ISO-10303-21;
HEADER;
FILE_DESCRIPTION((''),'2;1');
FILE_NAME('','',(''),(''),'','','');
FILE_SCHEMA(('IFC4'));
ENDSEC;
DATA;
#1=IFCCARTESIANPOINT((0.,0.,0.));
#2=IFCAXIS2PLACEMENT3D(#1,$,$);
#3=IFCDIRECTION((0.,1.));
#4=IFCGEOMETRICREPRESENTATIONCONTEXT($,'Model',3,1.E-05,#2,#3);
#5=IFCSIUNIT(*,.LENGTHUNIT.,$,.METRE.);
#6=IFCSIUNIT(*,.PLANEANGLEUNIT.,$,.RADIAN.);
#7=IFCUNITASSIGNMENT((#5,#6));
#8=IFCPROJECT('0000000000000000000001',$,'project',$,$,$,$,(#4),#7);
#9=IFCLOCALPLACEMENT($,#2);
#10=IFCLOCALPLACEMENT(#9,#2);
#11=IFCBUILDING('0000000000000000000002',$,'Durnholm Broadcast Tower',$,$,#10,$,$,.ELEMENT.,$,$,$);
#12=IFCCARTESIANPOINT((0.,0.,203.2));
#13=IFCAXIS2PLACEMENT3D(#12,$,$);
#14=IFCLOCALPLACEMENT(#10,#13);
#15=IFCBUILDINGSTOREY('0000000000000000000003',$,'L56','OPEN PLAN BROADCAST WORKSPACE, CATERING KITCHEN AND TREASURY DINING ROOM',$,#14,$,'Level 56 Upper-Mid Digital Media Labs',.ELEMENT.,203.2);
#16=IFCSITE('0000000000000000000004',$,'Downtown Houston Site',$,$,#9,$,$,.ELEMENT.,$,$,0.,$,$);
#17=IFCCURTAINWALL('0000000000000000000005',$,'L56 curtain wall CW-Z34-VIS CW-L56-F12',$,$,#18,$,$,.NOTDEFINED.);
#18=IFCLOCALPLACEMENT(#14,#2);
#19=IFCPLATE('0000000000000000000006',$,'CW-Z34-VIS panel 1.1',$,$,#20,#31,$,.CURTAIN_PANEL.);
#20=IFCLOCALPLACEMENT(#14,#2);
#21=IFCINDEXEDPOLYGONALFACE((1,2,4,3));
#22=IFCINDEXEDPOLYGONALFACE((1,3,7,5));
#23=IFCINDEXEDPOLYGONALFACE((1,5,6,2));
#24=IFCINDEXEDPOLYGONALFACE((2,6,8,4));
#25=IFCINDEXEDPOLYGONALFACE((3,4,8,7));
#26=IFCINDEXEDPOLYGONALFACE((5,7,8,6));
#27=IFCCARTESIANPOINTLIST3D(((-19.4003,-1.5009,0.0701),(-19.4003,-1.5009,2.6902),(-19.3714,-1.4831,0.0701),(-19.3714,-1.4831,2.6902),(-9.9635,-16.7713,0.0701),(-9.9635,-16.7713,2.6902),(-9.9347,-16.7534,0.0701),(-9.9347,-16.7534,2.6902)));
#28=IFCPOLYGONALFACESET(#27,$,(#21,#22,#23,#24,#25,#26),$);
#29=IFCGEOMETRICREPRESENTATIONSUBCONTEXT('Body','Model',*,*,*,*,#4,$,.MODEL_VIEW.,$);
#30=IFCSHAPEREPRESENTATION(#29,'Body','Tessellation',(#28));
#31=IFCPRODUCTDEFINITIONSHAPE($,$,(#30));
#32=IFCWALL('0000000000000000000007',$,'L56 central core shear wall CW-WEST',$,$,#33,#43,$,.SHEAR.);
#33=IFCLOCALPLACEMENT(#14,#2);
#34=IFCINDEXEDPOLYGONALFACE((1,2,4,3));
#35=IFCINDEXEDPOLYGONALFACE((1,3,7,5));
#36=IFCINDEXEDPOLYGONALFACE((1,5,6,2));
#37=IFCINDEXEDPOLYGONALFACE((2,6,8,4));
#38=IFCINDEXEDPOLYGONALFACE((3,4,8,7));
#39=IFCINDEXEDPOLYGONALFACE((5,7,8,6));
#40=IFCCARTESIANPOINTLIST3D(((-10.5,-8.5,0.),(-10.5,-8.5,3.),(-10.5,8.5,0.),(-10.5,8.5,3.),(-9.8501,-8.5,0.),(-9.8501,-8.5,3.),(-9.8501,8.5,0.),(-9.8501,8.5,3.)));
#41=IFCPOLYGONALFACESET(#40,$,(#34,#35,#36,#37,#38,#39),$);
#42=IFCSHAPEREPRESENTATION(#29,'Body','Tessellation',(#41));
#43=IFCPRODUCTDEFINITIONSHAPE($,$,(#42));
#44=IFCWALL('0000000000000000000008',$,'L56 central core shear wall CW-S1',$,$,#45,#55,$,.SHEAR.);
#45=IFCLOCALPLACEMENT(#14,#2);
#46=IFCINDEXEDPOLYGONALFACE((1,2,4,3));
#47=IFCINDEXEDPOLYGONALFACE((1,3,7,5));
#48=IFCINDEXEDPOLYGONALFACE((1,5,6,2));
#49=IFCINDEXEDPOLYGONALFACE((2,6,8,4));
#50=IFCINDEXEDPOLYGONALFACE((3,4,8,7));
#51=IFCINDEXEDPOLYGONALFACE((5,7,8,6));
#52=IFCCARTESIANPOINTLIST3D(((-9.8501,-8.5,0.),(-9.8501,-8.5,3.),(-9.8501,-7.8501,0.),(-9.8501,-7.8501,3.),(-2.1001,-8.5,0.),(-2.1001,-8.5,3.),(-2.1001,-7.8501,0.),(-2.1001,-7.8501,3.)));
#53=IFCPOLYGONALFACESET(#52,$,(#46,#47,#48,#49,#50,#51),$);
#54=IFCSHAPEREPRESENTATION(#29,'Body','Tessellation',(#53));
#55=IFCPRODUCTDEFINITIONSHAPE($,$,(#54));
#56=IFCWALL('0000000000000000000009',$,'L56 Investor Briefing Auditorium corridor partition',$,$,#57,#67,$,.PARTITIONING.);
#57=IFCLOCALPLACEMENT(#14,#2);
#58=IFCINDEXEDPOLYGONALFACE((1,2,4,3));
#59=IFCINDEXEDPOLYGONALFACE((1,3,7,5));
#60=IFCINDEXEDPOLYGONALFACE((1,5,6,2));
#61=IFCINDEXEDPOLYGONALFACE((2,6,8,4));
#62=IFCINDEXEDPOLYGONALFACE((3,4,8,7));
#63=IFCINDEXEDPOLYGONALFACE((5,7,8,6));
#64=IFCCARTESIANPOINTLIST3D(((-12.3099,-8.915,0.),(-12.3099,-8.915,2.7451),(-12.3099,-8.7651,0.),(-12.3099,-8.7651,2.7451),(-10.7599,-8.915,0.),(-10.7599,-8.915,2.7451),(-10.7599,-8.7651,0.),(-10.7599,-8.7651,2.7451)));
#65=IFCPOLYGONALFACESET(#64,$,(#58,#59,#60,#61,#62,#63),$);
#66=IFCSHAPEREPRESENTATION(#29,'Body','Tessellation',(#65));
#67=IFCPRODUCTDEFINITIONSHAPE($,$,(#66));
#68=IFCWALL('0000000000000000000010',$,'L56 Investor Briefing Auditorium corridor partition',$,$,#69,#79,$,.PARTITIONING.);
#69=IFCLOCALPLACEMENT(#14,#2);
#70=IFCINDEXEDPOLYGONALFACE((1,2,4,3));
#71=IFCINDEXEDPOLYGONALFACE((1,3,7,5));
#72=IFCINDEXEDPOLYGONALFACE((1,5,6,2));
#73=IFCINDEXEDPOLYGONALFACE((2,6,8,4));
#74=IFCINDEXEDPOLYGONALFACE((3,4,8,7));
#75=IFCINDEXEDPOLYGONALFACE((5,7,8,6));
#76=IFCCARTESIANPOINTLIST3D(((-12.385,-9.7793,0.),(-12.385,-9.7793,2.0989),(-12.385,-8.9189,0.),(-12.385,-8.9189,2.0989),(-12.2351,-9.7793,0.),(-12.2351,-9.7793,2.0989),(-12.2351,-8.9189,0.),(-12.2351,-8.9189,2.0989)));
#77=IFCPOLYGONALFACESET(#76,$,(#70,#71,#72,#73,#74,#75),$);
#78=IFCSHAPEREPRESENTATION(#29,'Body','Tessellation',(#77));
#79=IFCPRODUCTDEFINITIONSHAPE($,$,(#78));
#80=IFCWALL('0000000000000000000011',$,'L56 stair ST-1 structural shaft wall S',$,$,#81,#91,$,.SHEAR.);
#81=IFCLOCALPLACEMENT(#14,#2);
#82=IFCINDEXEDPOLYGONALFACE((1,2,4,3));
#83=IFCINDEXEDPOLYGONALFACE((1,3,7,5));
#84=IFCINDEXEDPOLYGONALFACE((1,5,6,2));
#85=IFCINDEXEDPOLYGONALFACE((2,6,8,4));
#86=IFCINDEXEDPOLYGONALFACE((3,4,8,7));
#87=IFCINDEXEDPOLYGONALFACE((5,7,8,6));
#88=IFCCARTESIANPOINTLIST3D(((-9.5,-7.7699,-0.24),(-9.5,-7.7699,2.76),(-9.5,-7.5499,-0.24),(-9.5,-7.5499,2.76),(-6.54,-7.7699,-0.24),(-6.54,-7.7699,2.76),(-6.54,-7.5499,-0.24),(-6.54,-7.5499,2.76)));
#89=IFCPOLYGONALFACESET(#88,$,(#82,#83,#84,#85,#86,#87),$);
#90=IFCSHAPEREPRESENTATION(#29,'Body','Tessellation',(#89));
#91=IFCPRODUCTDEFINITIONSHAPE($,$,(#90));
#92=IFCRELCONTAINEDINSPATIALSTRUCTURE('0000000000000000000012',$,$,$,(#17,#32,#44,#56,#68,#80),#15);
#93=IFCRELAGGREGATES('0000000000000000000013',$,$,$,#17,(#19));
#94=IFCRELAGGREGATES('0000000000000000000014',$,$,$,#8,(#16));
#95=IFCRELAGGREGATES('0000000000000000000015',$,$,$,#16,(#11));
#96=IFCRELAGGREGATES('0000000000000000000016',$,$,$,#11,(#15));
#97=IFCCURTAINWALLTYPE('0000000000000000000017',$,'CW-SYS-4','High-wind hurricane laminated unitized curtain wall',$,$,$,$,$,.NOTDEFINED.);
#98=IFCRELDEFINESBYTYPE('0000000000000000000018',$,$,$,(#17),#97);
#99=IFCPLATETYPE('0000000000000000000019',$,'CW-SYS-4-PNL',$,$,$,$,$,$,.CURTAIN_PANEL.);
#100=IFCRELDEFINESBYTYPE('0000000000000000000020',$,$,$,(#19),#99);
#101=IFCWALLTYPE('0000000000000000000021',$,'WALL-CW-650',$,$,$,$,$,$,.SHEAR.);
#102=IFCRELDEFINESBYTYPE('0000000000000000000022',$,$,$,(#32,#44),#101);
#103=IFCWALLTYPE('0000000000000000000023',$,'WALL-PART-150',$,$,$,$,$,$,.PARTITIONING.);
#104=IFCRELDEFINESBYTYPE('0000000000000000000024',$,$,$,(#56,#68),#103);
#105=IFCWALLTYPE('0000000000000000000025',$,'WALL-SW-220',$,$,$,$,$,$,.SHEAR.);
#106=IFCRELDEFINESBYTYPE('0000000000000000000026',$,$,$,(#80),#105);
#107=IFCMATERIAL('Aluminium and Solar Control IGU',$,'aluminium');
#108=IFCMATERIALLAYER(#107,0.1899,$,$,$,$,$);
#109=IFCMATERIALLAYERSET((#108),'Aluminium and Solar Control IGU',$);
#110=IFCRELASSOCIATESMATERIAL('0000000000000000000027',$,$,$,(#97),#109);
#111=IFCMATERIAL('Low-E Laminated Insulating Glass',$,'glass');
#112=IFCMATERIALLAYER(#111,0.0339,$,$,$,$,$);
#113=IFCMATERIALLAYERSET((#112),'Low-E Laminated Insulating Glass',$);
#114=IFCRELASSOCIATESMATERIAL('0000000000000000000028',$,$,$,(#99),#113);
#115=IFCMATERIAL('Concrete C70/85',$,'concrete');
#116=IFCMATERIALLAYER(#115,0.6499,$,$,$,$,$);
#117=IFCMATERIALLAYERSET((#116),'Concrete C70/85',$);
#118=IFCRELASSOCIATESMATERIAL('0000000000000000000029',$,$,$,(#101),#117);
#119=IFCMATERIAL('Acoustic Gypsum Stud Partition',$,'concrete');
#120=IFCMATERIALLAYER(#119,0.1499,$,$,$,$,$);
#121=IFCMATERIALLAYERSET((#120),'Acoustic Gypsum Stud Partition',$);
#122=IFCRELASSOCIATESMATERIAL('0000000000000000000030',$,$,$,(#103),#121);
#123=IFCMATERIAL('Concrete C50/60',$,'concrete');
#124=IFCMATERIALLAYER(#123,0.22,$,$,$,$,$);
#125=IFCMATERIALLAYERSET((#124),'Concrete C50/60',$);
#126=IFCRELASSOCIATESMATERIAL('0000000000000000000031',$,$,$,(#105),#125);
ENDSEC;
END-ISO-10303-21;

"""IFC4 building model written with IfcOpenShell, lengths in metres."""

from ifc_helpers import new_model, si_unit, direction, frame, frame_2d, origin, origin_2d, place, context, subcontext, project, spatial, rectangle, extrude, source, transform, mapped, material, layer, layer_set, type_object, type_shapes, element, aggregate, save


model = new_model("IFC4")

# Units and contexts
model_context = context("Model", 3, precision=1e-05, world=origin(), true_north=direction((0.0, 1.0)))
body_context = subcontext(model_context, "Body", "Model", "MODEL_VIEW")
ifc_project = project(units=[si_unit("LENGTHUNIT", "METRE"), si_unit("PLANEANGLEUNIT", "RADIAN")], contexts=[model_context])

# Site, building, storey
site_placement = place(None, origin())
site = spatial("IfcSite", under=ifc_project, at=site_placement, Name="Downtown Houston Site", CompositionType="ELEMENT", RefElevation=0.0)
building_placement = place(site_placement, origin())
building = spatial("IfcBuilding", under=site, at=building_placement, Name="Durnholm Broadcast Tower", CompositionType="ELEMENT")
storey_placement = place(building_placement, frame((0.0, 0.0, 203.2)))
storey = spatial("IfcBuildingStorey", under=building, at=storey_placement, Name="L56", Description="OPEN PLAN BROADCAST WORKSPACE, CATERING KITCHEN AND TREASURY DINING ROOM", LongName="Level 56 Upper-Mid Digital Media Labs", CompositionType="ELEMENT", Elevation=203.2)

# Shared definitions
ifc_material_1 = material(Name="Concrete C70/85", Category="concrete")

# Shared definitions
ifc_material_2 = material(Name="Aluminium and Solar Control IGU", Category="aluminium")

# Curtain wall
ifc_layer_1 = layer(ifc_material_2, 0.1899)
ifc_layer_set_1 = layer_set([ifc_layer_1], Name="Aluminium and Solar Control IGU")
curtain_wall_type_1 = type_object("IfcCurtainWallType", Name="CW-SYS-4", Description="High-wind hurricane laminated unitized curtain wall", PredefinedType="NOTDEFINED", material=ifc_layer_set_1)
curtain_wall_1_placement = place(storey_placement, origin())
curtain_wall_1 = element("IfcCurtainWall", 1, at=curtain_wall_1_placement, inside=storey, type_object=curtain_wall_type_1, Name="L56 curtain wall CW-Z34-VIS CW-L56-F12", PredefinedType="NOTDEFINED")

# Plate
ifc_material_3 = material(Name="Low-E Laminated Insulating Glass", Category="glass")
ifc_layer_2 = layer(ifc_material_3, 0.0339)
ifc_layer_set_2 = layer_set([ifc_layer_2], Name="Low-E Laminated Insulating Glass")
plate_type_1 = type_object("IfcPlateType", Name="CW-SYS-4-PNL", PredefinedType="CURTAIN_PANEL", material=ifc_layer_set_2)
shared_shape_1 = source(origin(), body_context, "Body", "SweptSolid", [
    extrude(rectangle(XDim=17.9509, YDim=0.0339, at=origin_2d()), origin(), (0.0, 0.0, 1.0), 2.6201),
])
type_shapes(plate_type_1, [shared_shape_1])
plate_1_placement = place(storey_placement, frame((-14.6675, -9.1272, 0.0701), z_axis=(0.0, 0.0, 1.0), x_axis=(-0.525698, 0.850671, 0.0)))
plate_1 = element("IfcPlate", 2, at=plate_1_placement, type_object=plate_type_1, Name="CW-Z34-VIS panel 1.1", PredefinedType="CURTAIN_PANEL", context=body_context, shape_type="MappedRepresentation", body=[
    mapped(shared_shape_1, transform((0.0, 0.0, 0.0), x_axis=(1.0, 0.0, 0.0), y_axis=(0.0, 1.0, 0.0), z_axis=(0.0, 0.0, 1.0), scale=1.0)),
])
aggregate(curtain_wall_1, [plate_1])

# Walls
ifc_layer_3 = layer(ifc_material_1, 0.6499)
ifc_layer_set_3 = layer_set([ifc_layer_3], Name="Concrete C70/85")
wall_type_1 = type_object("IfcWallType", Name="WALL-CW-650", PredefinedType="SHEAR", material=ifc_layer_set_3)
wall_1_placement = place(storey_placement, frame((-10.175, -8.5, 0.0), z_axis=(0.0, 0.0, 1.0), x_axis=(0.0, 1.0, 0.0)))
element("IfcWall", 3, at=wall_1_placement, inside=storey, type_object=wall_type_1, Name="L56 central core shear wall CW-WEST", PredefinedType="SHEAR", context=body_context, shape_type="SweptSolid", body=[
    extrude(rectangle(XDim=17.0, YDim=0.6499, at=frame_2d((8.5, 0.0))), origin(), (0.0, 0.0, 1.0), 3.0),
])
wall_2_placement = place(storey_placement, frame((-9.8501, -8.175, 0.0), z_axis=(0.0, 0.0, 1.0), x_axis=(1.0, 0.0, 0.0)))
element("IfcWall", 4, at=wall_2_placement, inside=storey, type_object=wall_type_1, Name="L56 central core shear wall CW-S1", PredefinedType="SHEAR", context=body_context, shape_type="SweptSolid", body=[
    extrude(rectangle(XDim=7.75, YDim=0.6499, at=frame_2d((3.875, 0.0))), origin(), (0.0, 0.0, 1.0), 3.0),
])
ifc_material_4 = material(Name="Acoustic Gypsum Stud Partition", Category="concrete")
ifc_layer_4 = layer(ifc_material_4, 0.1499)
ifc_layer_set_4 = layer_set([ifc_layer_4], Name="Acoustic Gypsum Stud Partition")
wall_type_2 = type_object("IfcWallType", Name="WALL-PART-150", PredefinedType="PARTITIONING", material=ifc_layer_set_4)
wall_3_placement = place(storey_placement, frame((-10.76, -8.8401, 0.0), z_axis=(0.0, 0.0, 1.0), x_axis=(-1.0, 0.0, 0.0)))
element("IfcWall", 5, at=wall_3_placement, inside=storey, type_object=wall_type_2, Name="L56 Investor Briefing Auditorium corridor partition", PredefinedType="PARTITIONING", context=body_context, shape_type="SweptSolid", body=[
    extrude(rectangle(XDim=1.55, YDim=0.1499, at=frame_2d((0.7749, 0.0))), origin(), (0.0, 0.0, 1.0), 2.7451),
])
wall_4_placement = place(storey_placement, frame((-12.3101, -8.9189, 0.0), z_axis=(0.0, 0.0, 1.0), x_axis=(0.0, -1.0, 0.0)))
element("IfcWall", 6, at=wall_4_placement, inside=storey, type_object=wall_type_2, Name="L56 Investor Briefing Auditorium corridor partition", PredefinedType="PARTITIONING", context=body_context, shape_type="SweptSolid", body=[
    extrude(rectangle(XDim=0.8604, YDim=0.1499, at=frame_2d((0.4302, 0.0))), origin(), (0.0, 0.0, 1.0), 2.0989),
])
ifc_material_5 = material(Name="Concrete C50/60", Category="concrete")
ifc_layer_5 = layer(ifc_material_5, 0.22)
ifc_layer_set_5 = layer_set([ifc_layer_5], Name="Concrete C50/60")
wall_type_3 = type_object("IfcWallType", Name="WALL-SW-220", PredefinedType="SHEAR", material=ifc_layer_set_5)
wall_5_placement = place(storey_placement, frame((-9.5, -7.6599, -0.24), z_axis=(0.0, 0.0, 1.0), x_axis=(1.0, 0.0, 0.0)))
element("IfcWall", 7, at=wall_5_placement, inside=storey, type_object=wall_type_3, Name="L56 stair ST-1 structural shaft wall S", PredefinedType="SHEAR", context=body_context, shape_type="SweptSolid", body=[
    extrude(rectangle(XDim=2.96, YDim=0.22, at=frame_2d((1.48, 0.0))), origin(), (0.0, 0.0, 1.0), 3.0),
])

save(model, "model.ifc")
